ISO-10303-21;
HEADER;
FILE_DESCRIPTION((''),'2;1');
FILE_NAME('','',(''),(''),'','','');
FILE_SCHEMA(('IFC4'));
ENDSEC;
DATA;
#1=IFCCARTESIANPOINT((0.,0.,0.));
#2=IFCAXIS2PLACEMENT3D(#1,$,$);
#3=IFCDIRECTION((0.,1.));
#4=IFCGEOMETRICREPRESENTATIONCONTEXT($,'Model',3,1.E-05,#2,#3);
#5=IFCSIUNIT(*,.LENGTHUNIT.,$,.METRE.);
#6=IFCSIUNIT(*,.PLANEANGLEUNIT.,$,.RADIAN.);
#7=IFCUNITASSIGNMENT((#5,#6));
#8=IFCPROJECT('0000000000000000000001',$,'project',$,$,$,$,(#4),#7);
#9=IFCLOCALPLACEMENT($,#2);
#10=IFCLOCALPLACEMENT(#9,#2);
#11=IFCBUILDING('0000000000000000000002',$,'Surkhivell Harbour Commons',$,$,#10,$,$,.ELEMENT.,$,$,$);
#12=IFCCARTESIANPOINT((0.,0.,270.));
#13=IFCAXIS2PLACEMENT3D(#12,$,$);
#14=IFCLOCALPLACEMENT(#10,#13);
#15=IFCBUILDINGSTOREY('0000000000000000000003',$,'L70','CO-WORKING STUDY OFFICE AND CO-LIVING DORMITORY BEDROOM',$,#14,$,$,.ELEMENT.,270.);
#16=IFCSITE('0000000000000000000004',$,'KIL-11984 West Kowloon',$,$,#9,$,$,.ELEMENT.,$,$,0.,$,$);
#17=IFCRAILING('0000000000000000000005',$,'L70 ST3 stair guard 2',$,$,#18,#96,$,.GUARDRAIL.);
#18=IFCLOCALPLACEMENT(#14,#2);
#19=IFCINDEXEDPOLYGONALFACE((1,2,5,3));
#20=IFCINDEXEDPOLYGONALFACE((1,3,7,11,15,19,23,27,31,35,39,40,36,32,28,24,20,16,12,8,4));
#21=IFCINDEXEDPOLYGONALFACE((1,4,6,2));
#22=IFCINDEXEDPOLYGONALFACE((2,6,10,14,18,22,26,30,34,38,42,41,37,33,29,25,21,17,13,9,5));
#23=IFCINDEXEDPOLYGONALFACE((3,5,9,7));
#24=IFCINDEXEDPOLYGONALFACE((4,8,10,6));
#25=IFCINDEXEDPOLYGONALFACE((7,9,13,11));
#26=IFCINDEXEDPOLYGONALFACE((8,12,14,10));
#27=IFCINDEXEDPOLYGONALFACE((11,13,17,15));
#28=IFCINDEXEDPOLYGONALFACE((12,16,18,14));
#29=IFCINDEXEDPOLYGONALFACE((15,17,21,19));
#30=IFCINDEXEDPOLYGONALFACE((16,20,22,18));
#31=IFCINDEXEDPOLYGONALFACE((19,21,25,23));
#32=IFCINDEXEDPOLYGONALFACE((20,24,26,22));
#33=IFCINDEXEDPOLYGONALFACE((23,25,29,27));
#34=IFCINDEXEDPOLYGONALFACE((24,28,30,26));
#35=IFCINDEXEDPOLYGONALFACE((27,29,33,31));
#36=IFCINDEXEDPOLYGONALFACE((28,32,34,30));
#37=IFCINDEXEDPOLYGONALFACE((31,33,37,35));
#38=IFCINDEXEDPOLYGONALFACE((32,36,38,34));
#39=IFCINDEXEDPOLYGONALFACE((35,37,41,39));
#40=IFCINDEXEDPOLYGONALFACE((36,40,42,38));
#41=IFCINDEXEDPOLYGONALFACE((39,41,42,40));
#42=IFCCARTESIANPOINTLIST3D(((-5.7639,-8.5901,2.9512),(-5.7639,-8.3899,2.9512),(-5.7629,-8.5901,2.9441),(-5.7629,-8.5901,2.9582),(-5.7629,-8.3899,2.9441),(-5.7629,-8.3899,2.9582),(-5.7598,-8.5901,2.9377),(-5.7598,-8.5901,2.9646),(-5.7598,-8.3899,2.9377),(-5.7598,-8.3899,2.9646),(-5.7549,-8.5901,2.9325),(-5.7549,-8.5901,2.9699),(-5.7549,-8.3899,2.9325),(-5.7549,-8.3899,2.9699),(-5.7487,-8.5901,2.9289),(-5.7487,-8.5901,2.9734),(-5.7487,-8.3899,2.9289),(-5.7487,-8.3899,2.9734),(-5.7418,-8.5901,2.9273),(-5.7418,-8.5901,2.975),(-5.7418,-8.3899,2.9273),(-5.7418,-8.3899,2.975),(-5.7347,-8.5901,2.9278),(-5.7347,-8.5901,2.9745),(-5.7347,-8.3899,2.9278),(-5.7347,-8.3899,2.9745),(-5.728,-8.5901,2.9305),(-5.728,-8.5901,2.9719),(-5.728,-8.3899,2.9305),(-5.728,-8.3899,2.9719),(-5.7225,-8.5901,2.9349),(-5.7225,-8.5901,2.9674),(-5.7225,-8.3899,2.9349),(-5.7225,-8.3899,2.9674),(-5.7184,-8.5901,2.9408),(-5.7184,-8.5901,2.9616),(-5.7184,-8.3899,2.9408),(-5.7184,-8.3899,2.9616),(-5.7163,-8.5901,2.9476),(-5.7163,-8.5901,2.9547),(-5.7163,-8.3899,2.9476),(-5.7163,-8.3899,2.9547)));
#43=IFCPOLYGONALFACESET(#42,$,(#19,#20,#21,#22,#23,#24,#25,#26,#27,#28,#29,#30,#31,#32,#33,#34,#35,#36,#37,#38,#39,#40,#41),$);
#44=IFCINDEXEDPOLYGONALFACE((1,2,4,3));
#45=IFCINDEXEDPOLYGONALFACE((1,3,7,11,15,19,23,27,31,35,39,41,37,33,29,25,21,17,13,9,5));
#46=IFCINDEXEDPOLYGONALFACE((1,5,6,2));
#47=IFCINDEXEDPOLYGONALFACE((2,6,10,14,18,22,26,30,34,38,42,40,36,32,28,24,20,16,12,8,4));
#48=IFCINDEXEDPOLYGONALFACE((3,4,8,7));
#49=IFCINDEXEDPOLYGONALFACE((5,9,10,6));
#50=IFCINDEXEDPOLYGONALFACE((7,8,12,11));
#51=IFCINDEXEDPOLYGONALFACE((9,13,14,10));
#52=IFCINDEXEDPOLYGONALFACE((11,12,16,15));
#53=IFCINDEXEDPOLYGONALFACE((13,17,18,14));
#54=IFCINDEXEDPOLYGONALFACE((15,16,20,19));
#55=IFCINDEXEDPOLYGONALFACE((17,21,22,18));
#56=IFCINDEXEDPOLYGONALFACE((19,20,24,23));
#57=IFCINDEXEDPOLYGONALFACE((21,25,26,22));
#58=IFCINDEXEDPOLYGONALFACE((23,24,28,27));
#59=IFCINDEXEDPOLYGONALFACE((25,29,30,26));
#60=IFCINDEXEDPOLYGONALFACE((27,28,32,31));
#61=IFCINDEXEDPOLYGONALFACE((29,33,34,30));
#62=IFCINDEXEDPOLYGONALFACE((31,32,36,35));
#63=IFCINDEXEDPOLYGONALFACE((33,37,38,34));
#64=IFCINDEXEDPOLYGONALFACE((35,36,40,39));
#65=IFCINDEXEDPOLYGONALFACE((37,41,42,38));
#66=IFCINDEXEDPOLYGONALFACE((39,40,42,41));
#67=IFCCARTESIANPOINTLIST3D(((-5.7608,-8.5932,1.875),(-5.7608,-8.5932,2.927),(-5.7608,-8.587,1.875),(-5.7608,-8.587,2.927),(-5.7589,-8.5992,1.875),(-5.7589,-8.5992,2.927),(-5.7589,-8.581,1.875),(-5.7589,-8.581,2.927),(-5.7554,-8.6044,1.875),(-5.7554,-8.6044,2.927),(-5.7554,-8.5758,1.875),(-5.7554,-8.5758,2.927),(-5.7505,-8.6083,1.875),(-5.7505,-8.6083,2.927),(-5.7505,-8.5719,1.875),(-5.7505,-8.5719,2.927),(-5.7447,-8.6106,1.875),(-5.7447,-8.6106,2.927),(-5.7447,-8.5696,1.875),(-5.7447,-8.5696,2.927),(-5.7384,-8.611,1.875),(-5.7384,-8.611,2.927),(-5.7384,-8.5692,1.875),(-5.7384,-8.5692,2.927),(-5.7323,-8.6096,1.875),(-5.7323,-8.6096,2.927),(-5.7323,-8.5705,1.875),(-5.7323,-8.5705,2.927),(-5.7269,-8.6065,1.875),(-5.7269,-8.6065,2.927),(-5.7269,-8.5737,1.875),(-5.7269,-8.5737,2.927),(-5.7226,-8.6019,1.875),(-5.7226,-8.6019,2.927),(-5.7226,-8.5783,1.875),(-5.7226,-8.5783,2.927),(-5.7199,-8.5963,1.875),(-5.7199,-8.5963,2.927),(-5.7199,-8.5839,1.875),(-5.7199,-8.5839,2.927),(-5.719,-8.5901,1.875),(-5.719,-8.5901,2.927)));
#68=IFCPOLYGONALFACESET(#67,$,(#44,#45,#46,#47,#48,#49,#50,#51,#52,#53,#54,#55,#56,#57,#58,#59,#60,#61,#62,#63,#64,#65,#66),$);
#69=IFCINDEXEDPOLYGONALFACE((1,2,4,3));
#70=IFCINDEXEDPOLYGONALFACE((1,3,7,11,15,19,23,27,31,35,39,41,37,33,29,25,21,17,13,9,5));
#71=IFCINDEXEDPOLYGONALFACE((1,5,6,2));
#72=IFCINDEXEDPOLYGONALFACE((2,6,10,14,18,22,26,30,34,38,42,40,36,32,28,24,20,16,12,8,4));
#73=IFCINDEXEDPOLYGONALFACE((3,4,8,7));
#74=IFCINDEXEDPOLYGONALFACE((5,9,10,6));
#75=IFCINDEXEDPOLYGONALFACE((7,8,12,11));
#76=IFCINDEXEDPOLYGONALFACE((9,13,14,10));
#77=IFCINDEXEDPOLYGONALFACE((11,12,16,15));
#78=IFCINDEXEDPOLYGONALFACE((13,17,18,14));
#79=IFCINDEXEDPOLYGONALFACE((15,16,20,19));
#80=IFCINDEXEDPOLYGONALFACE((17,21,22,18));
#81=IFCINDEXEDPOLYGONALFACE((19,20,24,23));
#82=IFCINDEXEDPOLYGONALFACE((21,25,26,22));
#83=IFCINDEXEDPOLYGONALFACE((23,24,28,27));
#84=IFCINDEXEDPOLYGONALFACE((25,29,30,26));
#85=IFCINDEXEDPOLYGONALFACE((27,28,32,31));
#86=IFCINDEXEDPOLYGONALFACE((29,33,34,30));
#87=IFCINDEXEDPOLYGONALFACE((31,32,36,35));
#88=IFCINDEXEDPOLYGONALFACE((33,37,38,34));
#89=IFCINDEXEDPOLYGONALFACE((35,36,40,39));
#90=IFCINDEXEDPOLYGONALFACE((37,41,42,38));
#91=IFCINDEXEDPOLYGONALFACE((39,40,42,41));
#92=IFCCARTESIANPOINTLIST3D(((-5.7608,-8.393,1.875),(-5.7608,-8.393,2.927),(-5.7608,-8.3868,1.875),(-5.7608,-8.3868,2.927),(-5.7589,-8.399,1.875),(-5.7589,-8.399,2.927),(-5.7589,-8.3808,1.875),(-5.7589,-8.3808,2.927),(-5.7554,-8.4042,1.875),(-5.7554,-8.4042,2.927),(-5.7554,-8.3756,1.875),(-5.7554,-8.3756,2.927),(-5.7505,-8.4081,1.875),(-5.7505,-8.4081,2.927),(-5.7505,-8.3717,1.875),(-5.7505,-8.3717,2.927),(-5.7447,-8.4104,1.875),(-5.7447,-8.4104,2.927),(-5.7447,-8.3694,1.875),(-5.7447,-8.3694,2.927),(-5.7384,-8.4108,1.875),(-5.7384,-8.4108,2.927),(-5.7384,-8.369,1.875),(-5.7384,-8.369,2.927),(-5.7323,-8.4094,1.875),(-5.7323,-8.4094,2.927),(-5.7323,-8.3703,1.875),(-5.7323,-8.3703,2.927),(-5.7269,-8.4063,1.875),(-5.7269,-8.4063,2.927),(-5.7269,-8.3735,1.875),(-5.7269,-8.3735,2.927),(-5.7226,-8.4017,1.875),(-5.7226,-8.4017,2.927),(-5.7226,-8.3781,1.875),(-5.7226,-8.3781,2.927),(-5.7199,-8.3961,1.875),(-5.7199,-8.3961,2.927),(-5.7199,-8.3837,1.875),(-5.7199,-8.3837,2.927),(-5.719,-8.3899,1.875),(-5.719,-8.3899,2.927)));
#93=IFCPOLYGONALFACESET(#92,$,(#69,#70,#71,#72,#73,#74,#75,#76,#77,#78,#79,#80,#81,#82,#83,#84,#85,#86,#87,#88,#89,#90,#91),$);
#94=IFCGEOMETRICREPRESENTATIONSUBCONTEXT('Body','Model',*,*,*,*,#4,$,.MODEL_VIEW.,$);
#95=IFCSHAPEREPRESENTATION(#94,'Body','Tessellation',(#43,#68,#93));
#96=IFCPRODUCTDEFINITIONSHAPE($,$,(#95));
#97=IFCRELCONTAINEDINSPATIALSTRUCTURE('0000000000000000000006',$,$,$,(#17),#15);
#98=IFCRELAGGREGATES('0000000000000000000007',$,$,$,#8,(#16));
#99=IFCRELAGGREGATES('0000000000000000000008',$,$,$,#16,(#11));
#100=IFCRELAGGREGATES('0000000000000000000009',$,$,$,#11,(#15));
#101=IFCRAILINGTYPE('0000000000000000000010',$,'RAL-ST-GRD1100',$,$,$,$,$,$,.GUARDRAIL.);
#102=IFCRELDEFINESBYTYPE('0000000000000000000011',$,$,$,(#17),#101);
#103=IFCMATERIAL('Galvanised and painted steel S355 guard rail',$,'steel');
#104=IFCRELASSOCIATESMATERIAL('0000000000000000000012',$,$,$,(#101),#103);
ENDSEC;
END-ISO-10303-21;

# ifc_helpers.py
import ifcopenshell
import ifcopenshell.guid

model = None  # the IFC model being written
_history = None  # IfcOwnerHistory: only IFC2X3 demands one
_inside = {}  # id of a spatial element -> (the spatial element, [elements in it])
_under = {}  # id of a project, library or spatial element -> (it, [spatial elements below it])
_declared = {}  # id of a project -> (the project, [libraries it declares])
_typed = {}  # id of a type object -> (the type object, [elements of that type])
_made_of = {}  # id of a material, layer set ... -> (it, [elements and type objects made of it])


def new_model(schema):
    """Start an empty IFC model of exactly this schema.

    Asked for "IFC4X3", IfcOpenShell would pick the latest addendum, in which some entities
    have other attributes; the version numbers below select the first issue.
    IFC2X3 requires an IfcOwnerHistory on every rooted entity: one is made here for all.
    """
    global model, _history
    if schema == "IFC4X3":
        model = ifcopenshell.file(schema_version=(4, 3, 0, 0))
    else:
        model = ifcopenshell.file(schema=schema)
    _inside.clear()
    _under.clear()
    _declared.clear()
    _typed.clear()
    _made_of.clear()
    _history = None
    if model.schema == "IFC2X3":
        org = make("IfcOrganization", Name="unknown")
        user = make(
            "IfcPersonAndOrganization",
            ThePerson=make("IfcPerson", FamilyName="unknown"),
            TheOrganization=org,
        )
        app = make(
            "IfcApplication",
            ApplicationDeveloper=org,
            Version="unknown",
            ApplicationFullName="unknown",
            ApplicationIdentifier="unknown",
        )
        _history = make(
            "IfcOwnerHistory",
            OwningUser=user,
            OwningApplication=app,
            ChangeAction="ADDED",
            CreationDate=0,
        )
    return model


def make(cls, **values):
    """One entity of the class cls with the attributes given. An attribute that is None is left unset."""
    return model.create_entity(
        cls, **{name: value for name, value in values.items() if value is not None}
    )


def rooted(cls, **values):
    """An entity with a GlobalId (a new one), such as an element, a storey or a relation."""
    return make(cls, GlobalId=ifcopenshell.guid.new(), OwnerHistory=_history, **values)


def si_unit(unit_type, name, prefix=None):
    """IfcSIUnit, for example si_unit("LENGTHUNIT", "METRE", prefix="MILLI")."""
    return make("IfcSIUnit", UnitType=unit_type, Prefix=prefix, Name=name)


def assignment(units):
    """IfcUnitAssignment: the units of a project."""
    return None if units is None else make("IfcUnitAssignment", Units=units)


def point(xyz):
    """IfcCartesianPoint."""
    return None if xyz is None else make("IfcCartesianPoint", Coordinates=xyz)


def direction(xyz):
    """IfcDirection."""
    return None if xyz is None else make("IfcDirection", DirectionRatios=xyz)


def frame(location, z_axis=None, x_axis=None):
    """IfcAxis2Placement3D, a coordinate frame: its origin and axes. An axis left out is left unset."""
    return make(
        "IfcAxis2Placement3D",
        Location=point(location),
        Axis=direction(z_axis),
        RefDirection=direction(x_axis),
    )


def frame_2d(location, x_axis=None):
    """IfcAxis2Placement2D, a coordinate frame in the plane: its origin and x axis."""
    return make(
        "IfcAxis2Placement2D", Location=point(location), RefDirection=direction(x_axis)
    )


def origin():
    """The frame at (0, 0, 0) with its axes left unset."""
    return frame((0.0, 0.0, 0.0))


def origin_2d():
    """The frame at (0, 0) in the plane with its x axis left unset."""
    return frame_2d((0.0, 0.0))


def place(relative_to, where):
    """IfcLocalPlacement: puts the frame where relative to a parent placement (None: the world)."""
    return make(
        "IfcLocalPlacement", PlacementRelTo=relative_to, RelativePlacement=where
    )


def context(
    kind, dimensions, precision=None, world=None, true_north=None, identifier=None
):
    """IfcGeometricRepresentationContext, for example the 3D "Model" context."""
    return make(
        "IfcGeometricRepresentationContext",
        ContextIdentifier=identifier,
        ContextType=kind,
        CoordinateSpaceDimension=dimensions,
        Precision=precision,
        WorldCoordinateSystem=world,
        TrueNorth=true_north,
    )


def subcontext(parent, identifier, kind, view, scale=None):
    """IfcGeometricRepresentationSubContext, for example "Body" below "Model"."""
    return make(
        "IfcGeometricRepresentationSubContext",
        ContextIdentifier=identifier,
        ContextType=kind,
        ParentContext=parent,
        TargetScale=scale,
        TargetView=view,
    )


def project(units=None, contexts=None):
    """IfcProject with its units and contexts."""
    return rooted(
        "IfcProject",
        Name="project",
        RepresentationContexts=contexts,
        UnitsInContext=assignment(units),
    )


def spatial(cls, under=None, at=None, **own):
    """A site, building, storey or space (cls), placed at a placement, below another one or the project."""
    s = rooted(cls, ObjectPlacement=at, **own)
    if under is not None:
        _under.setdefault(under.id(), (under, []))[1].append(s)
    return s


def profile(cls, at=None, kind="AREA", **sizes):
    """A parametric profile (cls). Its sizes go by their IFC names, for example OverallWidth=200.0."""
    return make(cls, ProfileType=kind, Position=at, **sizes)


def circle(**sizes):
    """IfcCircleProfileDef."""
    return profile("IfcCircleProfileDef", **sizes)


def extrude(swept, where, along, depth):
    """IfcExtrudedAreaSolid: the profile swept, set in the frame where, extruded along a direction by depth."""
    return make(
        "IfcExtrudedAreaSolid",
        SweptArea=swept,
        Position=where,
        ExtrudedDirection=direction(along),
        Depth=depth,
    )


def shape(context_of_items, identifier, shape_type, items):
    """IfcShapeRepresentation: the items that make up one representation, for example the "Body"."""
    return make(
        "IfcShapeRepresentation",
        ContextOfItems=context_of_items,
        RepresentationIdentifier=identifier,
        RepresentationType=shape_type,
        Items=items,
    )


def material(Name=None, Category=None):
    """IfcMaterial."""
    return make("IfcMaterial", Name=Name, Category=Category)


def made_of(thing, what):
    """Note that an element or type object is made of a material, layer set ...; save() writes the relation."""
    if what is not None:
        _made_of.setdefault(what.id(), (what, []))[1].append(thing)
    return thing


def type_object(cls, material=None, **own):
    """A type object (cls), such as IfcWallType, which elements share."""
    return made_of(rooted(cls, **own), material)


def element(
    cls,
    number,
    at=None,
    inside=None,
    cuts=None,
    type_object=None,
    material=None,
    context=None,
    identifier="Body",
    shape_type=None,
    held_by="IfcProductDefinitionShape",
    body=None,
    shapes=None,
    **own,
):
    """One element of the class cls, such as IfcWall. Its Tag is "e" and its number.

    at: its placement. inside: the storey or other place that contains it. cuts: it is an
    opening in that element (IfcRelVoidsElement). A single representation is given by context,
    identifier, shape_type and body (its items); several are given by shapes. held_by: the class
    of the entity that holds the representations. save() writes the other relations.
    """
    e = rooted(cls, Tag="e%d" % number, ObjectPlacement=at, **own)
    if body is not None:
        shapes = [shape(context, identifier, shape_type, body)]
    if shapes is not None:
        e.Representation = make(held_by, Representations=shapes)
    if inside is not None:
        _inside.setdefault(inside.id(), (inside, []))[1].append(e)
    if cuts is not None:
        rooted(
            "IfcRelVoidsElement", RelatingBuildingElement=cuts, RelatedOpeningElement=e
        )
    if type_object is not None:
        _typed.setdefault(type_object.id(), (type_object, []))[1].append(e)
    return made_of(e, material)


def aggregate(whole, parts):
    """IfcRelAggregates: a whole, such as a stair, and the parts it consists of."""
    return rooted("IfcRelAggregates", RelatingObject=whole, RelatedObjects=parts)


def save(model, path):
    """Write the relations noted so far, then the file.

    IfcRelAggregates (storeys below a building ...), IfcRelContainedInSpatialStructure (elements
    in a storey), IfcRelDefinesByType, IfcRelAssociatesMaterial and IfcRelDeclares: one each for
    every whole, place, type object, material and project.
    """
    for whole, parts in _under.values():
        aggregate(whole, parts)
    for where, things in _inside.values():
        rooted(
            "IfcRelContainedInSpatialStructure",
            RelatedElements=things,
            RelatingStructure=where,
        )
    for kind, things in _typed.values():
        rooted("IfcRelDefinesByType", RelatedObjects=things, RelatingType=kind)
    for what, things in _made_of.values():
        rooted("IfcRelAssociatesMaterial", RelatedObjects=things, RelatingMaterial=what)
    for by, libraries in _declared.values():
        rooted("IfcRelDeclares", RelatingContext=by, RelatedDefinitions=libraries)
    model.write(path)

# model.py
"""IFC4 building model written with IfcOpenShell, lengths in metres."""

from ifc_helpers import new_model, si_unit, direction, frame, origin, origin_2d, place, context, subcontext, project, spatial, circle, extrude, material, type_object, element, save


model = new_model("IFC4")

# Units and contexts
model_context = context("Model", 3, precision=1e-05, world=origin(), true_north=direction((0.0, 1.0)))
body_context = subcontext(model_context, "Body", "Model", "MODEL_VIEW")
ifc_project = project(units=[si_unit("LENGTHUNIT", "METRE"), si_unit("PLANEANGLEUNIT", "RADIAN")], contexts=[model_context])

# Site, building, storey
site_placement = place(None, origin())
site = spatial("IfcSite", under=ifc_project, at=site_placement, Name="KIL-11984 West Kowloon", CompositionType="ELEMENT", RefElevation=0.0)
building_placement = place(site_placement, origin())
building = spatial("IfcBuilding", under=site, at=building_placement, Name="Surkhivell Harbour Commons", CompositionType="ELEMENT")
storey_placement = place(building_placement, frame((0.0, 0.0, 270.0)))
storey = spatial("IfcBuildingStorey", under=building, at=storey_placement, Name="L70", Description="CO-WORKING STUDY OFFICE AND CO-LIVING DORMITORY BEDROOM", CompositionType="ELEMENT", Elevation=270.0)

# Railing
ifc_material_1 = material(Name="Galvanised and painted steel S355 guard rail", Category="steel")
railing_type_1 = type_object("IfcRailingType", Name="RAL-ST-GRD1100", PredefinedType="GUARDRAIL", material=ifc_material_1)
railing_1_placement = place(storey_placement, frame((-5.74, -8.5901, 1.875)))
element("IfcRailing", 1, at=railing_1_placement, inside=storey, type_object=railing_type_1, Name="L70 ST3 stair guard 2", PredefinedType="GUARDRAIL", context=body_context, shape_type="SweptSolid", body=[
    extrude(circle(Radius=0.0239, at=origin_2d()), frame((0.0, 0.0, 1.0762), z_axis=(0.0, 1.0, 0.0), x_axis=(-1.0, 0.0, 0.0)), (0.0, 0.0, 1.0), 0.2002),
    extrude(circle(Radius=0.021, at=origin_2d()), origin(), (0.0, 0.0, 1.0), 1.052),
    extrude(circle(Radius=0.021, at=origin_2d()), frame((0.0, 0.2002, 0.0)), (0.0, 0.0, 1.0), 1.052),
])

save(model, "model.ifc")
